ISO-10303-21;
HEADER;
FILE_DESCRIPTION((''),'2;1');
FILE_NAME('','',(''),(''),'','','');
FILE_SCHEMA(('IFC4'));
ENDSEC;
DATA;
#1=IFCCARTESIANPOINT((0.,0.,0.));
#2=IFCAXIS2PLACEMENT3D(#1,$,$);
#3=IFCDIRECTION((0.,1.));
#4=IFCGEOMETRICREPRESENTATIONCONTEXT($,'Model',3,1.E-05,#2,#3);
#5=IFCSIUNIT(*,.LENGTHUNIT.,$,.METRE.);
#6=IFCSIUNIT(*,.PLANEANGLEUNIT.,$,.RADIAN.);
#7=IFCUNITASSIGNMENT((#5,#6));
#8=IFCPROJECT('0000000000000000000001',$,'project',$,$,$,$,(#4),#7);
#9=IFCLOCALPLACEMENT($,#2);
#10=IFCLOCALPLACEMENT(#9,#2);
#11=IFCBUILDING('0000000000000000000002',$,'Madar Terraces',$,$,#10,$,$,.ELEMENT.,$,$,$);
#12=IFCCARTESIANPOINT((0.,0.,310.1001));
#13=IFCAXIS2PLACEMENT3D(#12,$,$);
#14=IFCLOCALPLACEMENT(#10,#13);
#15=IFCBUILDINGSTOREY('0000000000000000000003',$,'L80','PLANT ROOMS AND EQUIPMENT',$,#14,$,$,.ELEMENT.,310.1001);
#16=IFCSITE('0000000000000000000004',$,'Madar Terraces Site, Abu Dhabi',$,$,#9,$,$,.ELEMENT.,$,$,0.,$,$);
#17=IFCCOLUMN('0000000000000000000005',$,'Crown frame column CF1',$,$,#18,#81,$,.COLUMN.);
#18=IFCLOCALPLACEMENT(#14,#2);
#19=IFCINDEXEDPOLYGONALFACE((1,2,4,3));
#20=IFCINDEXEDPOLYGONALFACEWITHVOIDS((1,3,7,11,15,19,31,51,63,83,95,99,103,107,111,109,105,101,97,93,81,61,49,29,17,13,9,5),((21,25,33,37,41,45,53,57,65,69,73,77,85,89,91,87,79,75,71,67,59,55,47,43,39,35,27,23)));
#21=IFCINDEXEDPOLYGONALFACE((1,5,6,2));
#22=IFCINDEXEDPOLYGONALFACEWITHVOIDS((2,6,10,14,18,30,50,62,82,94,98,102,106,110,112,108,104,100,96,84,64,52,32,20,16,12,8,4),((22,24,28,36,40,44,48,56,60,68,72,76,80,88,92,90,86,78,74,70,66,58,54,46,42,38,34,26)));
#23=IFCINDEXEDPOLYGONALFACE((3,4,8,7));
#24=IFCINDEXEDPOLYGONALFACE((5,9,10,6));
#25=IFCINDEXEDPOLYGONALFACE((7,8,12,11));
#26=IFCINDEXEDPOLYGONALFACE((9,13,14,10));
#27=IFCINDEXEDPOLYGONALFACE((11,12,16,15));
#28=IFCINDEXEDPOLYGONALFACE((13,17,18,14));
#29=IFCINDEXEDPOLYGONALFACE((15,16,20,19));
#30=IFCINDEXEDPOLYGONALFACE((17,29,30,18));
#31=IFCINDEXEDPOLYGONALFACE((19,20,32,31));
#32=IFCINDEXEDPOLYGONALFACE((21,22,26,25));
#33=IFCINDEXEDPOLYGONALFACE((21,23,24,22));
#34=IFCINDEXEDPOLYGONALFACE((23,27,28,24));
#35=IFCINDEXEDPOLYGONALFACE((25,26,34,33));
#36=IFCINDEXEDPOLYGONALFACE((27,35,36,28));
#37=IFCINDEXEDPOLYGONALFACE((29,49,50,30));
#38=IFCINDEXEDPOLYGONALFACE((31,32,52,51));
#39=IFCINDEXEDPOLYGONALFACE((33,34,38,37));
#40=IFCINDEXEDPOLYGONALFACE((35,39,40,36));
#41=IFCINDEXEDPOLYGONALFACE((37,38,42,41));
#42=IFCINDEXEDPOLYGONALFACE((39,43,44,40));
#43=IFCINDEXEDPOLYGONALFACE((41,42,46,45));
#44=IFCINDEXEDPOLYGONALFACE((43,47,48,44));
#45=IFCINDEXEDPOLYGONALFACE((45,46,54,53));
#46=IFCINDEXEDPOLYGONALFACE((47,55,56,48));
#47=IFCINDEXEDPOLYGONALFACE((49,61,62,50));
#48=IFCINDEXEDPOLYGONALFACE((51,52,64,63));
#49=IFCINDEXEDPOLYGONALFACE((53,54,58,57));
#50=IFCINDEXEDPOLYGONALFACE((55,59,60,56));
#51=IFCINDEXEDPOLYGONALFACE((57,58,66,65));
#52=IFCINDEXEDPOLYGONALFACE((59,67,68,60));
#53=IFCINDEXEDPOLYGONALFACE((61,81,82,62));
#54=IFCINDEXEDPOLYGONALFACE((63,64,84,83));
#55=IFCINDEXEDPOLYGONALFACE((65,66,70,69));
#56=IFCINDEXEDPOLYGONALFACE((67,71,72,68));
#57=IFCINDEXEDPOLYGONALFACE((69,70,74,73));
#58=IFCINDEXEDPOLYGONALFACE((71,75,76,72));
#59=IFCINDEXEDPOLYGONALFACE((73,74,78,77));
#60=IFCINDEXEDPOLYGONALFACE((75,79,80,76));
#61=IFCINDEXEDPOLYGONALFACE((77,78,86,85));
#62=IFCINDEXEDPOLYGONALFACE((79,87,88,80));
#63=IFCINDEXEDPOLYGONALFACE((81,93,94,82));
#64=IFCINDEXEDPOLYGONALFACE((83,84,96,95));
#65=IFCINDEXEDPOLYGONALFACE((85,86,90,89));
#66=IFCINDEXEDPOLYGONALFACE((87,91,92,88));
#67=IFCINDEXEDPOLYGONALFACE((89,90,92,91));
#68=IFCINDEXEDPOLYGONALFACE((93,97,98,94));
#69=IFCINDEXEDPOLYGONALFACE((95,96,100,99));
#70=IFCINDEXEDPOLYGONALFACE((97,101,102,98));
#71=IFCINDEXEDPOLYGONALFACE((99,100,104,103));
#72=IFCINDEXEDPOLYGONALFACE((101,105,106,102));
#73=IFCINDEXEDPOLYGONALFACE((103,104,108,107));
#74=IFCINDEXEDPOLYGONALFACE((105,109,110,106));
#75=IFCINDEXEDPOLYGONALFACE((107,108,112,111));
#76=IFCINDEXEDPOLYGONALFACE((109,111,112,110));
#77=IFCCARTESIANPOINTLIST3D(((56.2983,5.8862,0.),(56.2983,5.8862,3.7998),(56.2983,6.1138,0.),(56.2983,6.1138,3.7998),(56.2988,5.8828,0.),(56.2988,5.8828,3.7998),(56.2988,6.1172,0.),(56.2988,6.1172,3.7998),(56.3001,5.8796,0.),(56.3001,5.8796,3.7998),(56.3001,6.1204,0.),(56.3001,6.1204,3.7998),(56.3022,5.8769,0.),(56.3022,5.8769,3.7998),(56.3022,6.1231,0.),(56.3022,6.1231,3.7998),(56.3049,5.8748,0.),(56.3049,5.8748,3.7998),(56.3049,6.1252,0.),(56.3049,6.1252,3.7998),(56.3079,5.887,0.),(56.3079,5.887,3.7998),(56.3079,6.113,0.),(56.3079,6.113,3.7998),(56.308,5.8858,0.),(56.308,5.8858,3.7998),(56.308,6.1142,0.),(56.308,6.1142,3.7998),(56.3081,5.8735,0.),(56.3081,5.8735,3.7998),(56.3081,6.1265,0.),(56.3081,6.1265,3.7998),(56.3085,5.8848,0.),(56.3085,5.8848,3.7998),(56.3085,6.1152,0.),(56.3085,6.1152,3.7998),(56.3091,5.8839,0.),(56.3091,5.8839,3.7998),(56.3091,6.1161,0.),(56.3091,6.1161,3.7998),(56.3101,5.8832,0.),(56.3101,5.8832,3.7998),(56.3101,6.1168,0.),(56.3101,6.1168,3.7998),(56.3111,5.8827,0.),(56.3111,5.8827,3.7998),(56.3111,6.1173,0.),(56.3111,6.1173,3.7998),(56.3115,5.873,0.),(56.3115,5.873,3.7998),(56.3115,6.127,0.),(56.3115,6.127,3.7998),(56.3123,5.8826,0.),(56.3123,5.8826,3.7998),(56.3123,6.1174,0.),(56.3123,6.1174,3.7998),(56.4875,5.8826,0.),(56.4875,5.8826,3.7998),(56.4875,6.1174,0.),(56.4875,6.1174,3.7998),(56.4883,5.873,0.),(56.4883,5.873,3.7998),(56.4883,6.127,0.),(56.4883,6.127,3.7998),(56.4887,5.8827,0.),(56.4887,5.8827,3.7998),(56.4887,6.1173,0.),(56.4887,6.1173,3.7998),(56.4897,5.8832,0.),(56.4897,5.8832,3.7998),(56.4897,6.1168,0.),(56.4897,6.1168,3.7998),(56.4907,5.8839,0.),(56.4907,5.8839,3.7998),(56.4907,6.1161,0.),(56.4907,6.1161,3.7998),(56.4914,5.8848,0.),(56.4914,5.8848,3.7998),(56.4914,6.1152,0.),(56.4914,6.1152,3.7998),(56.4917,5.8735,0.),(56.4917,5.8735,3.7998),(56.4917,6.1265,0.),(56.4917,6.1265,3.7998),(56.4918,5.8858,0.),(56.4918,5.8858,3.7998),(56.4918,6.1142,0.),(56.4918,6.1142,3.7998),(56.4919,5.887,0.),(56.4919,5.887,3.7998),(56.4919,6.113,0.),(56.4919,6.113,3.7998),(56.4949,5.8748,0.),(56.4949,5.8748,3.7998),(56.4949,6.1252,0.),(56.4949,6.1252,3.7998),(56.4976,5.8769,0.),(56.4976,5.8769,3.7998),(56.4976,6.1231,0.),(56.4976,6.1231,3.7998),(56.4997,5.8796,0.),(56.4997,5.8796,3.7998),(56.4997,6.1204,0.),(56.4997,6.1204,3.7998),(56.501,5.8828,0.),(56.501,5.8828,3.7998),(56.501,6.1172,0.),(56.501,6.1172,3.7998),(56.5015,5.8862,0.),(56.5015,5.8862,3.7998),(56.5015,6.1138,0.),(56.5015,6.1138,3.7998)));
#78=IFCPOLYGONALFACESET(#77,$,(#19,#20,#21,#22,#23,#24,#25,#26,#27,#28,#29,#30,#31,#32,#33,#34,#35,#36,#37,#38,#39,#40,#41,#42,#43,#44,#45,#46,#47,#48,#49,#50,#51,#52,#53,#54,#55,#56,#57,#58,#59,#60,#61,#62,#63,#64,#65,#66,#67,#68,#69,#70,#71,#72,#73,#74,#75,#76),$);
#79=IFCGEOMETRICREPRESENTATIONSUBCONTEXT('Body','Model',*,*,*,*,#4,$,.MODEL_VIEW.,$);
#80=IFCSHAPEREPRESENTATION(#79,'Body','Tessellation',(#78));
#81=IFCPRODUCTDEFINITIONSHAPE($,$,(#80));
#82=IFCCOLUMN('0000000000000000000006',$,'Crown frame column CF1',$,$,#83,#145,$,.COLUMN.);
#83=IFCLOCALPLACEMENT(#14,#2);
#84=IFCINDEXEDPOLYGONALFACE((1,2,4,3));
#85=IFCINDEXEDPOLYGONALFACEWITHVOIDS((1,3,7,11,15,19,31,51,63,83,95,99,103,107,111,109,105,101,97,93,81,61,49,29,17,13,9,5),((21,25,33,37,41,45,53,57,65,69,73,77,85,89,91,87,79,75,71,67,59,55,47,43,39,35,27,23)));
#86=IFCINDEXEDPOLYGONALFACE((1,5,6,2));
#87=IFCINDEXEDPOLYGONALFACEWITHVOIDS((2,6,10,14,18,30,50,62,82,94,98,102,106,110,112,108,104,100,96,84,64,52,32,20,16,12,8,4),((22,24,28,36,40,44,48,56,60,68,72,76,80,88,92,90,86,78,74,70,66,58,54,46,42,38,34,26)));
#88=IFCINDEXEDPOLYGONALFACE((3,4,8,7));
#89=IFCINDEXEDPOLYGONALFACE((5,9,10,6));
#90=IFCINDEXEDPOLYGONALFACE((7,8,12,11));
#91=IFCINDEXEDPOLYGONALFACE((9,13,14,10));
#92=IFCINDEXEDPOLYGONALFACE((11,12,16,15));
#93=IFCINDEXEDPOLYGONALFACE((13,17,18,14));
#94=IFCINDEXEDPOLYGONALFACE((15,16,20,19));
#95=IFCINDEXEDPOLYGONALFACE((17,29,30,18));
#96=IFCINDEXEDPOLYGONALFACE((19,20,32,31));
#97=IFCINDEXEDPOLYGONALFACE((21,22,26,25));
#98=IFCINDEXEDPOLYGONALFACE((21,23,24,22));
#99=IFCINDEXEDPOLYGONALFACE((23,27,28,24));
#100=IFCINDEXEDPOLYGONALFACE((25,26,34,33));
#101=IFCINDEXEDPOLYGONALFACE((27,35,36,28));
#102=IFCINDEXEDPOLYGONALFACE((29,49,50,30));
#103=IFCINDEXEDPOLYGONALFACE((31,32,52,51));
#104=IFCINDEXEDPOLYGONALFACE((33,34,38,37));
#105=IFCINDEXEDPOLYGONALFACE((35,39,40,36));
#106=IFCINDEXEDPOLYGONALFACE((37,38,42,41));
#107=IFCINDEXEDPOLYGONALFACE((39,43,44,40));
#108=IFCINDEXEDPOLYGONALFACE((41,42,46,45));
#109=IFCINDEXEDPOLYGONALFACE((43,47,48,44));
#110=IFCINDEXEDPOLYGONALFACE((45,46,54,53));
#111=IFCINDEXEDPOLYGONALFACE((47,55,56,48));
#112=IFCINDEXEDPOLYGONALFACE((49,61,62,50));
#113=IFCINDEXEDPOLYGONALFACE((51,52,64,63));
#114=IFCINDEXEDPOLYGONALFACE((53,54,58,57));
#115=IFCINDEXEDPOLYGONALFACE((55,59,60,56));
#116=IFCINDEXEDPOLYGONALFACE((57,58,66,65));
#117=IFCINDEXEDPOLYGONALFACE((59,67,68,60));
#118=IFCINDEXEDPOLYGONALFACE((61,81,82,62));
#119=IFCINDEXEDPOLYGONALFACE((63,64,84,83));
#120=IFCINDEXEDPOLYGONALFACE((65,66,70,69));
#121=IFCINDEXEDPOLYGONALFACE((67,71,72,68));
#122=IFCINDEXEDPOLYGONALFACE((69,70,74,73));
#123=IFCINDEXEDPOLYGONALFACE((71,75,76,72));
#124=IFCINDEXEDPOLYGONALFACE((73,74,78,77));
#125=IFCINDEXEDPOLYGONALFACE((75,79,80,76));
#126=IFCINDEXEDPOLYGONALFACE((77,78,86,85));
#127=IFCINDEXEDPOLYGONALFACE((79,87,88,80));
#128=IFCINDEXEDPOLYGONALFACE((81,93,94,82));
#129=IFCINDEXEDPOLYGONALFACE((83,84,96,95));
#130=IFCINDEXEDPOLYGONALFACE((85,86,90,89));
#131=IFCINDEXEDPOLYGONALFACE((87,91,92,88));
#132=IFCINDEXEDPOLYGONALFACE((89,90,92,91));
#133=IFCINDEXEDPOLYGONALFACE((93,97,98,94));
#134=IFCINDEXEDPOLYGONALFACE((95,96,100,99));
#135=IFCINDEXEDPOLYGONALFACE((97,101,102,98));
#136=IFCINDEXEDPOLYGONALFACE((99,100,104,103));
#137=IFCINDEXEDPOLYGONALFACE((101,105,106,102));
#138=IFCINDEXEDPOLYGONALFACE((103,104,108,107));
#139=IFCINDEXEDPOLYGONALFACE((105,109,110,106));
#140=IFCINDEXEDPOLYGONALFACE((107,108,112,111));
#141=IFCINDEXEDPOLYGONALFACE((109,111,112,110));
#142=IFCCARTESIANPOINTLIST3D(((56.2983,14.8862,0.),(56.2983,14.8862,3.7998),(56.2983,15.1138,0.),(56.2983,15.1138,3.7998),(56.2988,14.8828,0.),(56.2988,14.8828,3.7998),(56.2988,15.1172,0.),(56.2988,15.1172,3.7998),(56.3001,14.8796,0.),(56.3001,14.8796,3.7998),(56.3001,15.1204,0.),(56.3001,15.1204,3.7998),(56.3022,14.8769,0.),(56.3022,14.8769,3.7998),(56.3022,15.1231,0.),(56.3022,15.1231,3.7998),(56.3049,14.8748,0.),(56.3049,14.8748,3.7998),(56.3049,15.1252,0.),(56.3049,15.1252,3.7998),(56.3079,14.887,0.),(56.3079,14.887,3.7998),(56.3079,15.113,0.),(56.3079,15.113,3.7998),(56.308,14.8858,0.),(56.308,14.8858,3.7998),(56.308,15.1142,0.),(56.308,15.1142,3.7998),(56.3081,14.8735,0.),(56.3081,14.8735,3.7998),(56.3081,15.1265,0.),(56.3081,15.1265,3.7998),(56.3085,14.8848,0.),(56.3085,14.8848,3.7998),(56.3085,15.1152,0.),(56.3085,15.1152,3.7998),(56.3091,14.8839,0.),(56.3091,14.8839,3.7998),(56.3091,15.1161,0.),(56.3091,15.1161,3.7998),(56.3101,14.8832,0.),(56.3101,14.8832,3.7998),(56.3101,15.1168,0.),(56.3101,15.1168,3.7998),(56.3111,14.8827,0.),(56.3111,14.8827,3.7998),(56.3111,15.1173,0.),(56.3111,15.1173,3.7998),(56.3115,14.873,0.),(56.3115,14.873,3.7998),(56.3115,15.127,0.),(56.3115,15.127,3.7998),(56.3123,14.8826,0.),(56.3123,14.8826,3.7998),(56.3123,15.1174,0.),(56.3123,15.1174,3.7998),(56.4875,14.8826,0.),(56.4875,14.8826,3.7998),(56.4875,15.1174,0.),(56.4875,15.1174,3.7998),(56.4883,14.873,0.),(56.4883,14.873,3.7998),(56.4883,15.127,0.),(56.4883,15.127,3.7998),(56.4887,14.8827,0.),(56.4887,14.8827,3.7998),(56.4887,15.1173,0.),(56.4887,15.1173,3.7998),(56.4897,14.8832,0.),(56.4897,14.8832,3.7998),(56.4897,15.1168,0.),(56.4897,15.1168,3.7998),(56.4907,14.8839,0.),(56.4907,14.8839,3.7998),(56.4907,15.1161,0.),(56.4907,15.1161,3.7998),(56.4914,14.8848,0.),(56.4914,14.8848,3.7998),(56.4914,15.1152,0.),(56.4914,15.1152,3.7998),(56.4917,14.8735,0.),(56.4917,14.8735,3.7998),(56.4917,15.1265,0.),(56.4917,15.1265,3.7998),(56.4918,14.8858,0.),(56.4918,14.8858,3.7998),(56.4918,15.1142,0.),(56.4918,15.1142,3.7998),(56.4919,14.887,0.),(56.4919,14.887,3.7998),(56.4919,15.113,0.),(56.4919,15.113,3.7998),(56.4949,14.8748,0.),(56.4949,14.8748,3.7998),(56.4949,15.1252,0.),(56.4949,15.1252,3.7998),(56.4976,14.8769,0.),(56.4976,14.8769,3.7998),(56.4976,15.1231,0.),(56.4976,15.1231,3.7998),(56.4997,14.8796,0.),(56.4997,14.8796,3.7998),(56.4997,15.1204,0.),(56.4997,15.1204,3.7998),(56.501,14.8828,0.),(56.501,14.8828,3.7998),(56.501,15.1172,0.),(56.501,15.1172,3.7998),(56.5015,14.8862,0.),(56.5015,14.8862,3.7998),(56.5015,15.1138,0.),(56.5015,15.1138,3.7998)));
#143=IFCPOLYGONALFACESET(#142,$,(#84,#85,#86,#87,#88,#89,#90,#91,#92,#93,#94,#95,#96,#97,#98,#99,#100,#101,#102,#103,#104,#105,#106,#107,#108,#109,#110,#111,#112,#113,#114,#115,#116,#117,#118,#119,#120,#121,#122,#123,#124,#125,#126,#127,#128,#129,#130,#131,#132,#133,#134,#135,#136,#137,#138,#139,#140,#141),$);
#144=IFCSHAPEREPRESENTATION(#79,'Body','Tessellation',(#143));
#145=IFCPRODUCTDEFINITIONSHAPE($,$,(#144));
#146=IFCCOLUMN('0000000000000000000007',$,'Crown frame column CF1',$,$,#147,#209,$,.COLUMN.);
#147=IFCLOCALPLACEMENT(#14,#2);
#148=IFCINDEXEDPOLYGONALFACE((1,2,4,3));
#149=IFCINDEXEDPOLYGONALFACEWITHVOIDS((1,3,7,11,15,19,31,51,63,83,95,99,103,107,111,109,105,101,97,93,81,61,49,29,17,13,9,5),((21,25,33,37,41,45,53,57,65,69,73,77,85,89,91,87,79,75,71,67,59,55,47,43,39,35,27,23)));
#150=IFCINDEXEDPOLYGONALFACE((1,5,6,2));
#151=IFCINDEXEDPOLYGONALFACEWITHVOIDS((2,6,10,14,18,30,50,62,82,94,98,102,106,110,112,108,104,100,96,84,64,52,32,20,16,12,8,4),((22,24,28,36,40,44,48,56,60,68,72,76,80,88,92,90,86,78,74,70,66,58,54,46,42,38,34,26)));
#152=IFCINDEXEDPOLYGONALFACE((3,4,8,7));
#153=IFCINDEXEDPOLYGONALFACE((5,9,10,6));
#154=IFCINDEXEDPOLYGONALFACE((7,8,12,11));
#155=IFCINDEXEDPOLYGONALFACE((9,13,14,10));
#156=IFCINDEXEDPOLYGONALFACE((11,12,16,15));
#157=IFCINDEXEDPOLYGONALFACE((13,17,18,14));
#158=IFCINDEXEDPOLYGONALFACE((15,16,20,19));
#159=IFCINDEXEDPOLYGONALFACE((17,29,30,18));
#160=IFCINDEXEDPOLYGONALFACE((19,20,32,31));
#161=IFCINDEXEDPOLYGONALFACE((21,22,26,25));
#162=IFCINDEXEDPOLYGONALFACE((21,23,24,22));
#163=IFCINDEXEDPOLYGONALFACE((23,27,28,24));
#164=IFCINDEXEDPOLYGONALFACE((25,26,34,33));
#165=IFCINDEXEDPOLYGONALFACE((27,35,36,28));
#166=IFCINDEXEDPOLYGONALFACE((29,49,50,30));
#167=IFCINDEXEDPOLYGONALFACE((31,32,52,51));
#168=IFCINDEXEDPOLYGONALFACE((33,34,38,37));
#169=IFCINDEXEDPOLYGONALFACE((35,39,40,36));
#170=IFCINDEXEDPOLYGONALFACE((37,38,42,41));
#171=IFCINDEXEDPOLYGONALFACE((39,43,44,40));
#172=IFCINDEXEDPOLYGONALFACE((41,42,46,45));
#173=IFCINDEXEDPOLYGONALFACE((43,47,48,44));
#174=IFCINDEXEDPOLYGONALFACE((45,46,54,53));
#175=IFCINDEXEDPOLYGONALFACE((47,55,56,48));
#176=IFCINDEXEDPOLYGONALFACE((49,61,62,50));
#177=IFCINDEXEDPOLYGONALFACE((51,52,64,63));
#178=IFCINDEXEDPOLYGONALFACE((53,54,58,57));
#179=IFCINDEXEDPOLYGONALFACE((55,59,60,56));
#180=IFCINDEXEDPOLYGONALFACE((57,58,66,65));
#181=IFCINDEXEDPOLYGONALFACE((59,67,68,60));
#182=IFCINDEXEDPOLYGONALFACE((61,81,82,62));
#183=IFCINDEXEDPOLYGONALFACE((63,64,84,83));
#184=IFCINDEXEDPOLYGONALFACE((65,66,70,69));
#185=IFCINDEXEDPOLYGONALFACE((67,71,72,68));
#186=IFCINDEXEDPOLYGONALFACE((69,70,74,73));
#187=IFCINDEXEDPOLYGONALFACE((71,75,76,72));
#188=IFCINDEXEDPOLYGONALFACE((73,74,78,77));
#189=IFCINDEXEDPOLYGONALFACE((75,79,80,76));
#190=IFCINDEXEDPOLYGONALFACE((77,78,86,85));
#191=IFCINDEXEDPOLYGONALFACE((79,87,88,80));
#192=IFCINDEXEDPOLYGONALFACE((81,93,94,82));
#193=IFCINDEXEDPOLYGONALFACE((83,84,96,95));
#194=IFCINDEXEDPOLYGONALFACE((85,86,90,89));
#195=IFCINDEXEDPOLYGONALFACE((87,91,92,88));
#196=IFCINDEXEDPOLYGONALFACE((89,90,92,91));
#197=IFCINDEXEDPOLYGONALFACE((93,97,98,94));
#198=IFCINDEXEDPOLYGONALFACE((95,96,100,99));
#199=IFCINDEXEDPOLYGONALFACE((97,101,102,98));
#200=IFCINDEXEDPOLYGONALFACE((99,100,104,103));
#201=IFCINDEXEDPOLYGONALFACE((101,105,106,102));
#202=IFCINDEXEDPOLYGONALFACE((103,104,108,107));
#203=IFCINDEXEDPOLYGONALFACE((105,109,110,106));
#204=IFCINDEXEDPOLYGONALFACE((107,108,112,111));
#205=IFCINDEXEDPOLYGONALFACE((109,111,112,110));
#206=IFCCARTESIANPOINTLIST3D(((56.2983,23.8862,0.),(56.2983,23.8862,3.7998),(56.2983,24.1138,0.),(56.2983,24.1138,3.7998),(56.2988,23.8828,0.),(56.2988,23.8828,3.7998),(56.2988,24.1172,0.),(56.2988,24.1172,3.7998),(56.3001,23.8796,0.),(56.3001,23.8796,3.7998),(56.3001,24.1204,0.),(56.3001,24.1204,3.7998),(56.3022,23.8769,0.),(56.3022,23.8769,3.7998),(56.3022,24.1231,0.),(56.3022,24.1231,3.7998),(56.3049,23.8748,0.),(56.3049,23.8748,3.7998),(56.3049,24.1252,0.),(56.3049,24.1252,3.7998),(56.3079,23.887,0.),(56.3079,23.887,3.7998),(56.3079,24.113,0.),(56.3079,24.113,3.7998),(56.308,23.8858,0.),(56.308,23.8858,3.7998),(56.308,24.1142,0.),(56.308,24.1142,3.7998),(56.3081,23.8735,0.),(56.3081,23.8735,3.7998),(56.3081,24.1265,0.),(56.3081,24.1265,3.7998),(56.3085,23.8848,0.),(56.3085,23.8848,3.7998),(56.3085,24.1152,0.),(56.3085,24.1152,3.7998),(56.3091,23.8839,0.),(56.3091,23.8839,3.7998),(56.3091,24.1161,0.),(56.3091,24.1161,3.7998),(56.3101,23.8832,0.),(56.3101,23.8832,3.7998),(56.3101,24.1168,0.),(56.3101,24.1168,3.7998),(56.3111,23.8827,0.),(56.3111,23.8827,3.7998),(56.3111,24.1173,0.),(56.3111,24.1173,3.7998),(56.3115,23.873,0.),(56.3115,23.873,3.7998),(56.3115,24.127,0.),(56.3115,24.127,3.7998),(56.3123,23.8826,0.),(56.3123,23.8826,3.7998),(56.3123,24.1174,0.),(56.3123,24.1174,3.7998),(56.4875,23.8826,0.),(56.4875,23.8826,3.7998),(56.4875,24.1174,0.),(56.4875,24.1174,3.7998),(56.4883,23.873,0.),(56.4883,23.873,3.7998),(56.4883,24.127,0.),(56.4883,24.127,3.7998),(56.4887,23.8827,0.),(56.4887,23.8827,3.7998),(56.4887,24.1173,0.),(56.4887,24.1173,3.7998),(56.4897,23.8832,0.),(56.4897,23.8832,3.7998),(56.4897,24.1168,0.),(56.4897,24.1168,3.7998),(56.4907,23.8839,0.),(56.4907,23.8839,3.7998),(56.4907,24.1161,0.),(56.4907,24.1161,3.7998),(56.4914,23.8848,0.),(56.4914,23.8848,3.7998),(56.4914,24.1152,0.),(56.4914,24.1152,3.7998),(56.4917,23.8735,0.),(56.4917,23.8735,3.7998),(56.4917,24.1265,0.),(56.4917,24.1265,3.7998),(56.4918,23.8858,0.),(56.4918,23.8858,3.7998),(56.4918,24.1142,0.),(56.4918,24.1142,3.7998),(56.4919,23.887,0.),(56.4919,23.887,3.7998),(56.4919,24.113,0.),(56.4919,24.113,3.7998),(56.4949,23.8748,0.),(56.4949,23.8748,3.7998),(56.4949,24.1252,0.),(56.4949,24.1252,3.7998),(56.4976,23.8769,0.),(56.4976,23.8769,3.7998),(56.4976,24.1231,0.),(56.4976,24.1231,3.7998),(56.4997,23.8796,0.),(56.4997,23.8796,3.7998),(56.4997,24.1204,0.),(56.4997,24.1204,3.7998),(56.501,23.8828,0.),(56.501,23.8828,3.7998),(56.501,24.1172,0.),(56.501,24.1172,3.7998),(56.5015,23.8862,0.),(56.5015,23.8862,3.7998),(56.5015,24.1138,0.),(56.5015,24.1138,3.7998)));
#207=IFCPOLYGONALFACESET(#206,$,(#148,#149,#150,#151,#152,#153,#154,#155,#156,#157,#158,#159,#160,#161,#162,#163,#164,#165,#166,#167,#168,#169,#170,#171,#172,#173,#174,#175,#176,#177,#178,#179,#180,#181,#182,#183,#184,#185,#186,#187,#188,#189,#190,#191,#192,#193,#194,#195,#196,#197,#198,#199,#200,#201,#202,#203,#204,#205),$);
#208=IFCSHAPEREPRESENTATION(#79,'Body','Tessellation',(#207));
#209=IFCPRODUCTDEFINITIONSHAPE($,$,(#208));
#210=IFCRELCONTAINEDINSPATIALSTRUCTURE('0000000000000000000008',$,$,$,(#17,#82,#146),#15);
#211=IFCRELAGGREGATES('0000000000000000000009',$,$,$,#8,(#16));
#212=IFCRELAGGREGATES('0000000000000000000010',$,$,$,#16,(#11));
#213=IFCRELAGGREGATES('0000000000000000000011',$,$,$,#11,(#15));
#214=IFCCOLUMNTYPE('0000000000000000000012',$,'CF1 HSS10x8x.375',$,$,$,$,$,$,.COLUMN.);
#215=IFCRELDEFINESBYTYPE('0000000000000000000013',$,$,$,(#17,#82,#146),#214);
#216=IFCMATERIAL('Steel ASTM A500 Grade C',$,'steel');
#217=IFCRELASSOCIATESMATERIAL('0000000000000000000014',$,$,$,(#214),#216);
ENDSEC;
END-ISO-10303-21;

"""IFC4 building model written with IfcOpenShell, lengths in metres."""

from ifc_helpers import new_model, si_unit, direction, frame, origin, origin_2d, place, context, subcontext, project, spatial, hollow_rectangle, extrude, material, material_profile, profile_set, type_object, element, save


model = new_model("IFC4")

# Units and contexts
model_context = context("Model", 3, precision=1e-05, world=origin(), true_north=direction((0.0, 1.0)))
body_context = subcontext(model_context, "Body", "Model", "MODEL_VIEW")
ifc_project = project(units=[si_unit("LENGTHUNIT", "METRE"), si_unit("PLANEANGLEUNIT", "RADIAN")], contexts=[model_context])

# Site, building, storey
site_placement = place(None, origin())
site = spatial("IfcSite", under=ifc_project, at=site_placement, Name="Madar Terraces Site, Abu Dhabi", CompositionType="ELEMENT", RefElevation=0.0)
building_placement = place(site_placement, origin())
building = spatial("IfcBuilding", under=site, at=building_placement, Name="Madar Terraces", CompositionType="ELEMENT")
storey_placement = place(building_placement, frame((0.0, 0.0, 310.1001)))
storey = spatial("IfcBuildingStorey", under=building, at=storey_placement, Name="L80", Description="PLANT ROOMS AND EQUIPMENT", CompositionType="ELEMENT", Elevation=310.1001)

# Columns
ifc_material_1 = material(Name="Steel ASTM A500 Grade C", Category="steel")
ifc_material_profile_1 = material_profile(ifc_material_1, hollow_rectangle(XDim=0.2031, YDim=0.2539, WallThickness=0.0095, InnerFilletRadius=0.0044, OuterFilletRadius=0.0132, at=origin_2d()), Name="HSS10x8x.375")
ifc_profile_set_1 = profile_set([ifc_material_profile_1], Name="Steel ASTM A500 Grade C")
column_type = type_object("IfcColumnType", Name="CF1 HSS10x8x.375", PredefinedType="COLUMN", material=ifc_profile_set_1)
for number, where, z_axis, x_axis, name in (
    (1, (56.3999, 6.0, 0.0), (0.0, 0.0, 1.0), (1.0, 0.0, 0.0), "Crown frame column CF1"),
    (2, (56.3999, 15.0, 0.0), (0.0, 0.0, 1.0), (1.0, 0.0, 0.0), "Crown frame column CF1"),
    (3, (56.3999, 24.0, 0.0), (0.0, 0.0, 1.0), (1.0, 0.0, 0.0), "Crown frame column CF1"),
):
    element("IfcColumn", number, at=place(storey_placement, frame(where, z_axis=z_axis, x_axis=x_axis)), inside=storey, type_object=column_type, Name=name, PredefinedType="COLUMN", context=body_context, shape_type="SweptSolid", body=[
        extrude(hollow_rectangle(XDim=0.2031, YDim=0.2539, WallThickness=0.0095, InnerFilletRadius=0.0044, OuterFilletRadius=0.0132, at=origin_2d()), origin(), (0.0, 0.0, 1.0), 3.7998),
    ])

save(model, "model.ifc")
